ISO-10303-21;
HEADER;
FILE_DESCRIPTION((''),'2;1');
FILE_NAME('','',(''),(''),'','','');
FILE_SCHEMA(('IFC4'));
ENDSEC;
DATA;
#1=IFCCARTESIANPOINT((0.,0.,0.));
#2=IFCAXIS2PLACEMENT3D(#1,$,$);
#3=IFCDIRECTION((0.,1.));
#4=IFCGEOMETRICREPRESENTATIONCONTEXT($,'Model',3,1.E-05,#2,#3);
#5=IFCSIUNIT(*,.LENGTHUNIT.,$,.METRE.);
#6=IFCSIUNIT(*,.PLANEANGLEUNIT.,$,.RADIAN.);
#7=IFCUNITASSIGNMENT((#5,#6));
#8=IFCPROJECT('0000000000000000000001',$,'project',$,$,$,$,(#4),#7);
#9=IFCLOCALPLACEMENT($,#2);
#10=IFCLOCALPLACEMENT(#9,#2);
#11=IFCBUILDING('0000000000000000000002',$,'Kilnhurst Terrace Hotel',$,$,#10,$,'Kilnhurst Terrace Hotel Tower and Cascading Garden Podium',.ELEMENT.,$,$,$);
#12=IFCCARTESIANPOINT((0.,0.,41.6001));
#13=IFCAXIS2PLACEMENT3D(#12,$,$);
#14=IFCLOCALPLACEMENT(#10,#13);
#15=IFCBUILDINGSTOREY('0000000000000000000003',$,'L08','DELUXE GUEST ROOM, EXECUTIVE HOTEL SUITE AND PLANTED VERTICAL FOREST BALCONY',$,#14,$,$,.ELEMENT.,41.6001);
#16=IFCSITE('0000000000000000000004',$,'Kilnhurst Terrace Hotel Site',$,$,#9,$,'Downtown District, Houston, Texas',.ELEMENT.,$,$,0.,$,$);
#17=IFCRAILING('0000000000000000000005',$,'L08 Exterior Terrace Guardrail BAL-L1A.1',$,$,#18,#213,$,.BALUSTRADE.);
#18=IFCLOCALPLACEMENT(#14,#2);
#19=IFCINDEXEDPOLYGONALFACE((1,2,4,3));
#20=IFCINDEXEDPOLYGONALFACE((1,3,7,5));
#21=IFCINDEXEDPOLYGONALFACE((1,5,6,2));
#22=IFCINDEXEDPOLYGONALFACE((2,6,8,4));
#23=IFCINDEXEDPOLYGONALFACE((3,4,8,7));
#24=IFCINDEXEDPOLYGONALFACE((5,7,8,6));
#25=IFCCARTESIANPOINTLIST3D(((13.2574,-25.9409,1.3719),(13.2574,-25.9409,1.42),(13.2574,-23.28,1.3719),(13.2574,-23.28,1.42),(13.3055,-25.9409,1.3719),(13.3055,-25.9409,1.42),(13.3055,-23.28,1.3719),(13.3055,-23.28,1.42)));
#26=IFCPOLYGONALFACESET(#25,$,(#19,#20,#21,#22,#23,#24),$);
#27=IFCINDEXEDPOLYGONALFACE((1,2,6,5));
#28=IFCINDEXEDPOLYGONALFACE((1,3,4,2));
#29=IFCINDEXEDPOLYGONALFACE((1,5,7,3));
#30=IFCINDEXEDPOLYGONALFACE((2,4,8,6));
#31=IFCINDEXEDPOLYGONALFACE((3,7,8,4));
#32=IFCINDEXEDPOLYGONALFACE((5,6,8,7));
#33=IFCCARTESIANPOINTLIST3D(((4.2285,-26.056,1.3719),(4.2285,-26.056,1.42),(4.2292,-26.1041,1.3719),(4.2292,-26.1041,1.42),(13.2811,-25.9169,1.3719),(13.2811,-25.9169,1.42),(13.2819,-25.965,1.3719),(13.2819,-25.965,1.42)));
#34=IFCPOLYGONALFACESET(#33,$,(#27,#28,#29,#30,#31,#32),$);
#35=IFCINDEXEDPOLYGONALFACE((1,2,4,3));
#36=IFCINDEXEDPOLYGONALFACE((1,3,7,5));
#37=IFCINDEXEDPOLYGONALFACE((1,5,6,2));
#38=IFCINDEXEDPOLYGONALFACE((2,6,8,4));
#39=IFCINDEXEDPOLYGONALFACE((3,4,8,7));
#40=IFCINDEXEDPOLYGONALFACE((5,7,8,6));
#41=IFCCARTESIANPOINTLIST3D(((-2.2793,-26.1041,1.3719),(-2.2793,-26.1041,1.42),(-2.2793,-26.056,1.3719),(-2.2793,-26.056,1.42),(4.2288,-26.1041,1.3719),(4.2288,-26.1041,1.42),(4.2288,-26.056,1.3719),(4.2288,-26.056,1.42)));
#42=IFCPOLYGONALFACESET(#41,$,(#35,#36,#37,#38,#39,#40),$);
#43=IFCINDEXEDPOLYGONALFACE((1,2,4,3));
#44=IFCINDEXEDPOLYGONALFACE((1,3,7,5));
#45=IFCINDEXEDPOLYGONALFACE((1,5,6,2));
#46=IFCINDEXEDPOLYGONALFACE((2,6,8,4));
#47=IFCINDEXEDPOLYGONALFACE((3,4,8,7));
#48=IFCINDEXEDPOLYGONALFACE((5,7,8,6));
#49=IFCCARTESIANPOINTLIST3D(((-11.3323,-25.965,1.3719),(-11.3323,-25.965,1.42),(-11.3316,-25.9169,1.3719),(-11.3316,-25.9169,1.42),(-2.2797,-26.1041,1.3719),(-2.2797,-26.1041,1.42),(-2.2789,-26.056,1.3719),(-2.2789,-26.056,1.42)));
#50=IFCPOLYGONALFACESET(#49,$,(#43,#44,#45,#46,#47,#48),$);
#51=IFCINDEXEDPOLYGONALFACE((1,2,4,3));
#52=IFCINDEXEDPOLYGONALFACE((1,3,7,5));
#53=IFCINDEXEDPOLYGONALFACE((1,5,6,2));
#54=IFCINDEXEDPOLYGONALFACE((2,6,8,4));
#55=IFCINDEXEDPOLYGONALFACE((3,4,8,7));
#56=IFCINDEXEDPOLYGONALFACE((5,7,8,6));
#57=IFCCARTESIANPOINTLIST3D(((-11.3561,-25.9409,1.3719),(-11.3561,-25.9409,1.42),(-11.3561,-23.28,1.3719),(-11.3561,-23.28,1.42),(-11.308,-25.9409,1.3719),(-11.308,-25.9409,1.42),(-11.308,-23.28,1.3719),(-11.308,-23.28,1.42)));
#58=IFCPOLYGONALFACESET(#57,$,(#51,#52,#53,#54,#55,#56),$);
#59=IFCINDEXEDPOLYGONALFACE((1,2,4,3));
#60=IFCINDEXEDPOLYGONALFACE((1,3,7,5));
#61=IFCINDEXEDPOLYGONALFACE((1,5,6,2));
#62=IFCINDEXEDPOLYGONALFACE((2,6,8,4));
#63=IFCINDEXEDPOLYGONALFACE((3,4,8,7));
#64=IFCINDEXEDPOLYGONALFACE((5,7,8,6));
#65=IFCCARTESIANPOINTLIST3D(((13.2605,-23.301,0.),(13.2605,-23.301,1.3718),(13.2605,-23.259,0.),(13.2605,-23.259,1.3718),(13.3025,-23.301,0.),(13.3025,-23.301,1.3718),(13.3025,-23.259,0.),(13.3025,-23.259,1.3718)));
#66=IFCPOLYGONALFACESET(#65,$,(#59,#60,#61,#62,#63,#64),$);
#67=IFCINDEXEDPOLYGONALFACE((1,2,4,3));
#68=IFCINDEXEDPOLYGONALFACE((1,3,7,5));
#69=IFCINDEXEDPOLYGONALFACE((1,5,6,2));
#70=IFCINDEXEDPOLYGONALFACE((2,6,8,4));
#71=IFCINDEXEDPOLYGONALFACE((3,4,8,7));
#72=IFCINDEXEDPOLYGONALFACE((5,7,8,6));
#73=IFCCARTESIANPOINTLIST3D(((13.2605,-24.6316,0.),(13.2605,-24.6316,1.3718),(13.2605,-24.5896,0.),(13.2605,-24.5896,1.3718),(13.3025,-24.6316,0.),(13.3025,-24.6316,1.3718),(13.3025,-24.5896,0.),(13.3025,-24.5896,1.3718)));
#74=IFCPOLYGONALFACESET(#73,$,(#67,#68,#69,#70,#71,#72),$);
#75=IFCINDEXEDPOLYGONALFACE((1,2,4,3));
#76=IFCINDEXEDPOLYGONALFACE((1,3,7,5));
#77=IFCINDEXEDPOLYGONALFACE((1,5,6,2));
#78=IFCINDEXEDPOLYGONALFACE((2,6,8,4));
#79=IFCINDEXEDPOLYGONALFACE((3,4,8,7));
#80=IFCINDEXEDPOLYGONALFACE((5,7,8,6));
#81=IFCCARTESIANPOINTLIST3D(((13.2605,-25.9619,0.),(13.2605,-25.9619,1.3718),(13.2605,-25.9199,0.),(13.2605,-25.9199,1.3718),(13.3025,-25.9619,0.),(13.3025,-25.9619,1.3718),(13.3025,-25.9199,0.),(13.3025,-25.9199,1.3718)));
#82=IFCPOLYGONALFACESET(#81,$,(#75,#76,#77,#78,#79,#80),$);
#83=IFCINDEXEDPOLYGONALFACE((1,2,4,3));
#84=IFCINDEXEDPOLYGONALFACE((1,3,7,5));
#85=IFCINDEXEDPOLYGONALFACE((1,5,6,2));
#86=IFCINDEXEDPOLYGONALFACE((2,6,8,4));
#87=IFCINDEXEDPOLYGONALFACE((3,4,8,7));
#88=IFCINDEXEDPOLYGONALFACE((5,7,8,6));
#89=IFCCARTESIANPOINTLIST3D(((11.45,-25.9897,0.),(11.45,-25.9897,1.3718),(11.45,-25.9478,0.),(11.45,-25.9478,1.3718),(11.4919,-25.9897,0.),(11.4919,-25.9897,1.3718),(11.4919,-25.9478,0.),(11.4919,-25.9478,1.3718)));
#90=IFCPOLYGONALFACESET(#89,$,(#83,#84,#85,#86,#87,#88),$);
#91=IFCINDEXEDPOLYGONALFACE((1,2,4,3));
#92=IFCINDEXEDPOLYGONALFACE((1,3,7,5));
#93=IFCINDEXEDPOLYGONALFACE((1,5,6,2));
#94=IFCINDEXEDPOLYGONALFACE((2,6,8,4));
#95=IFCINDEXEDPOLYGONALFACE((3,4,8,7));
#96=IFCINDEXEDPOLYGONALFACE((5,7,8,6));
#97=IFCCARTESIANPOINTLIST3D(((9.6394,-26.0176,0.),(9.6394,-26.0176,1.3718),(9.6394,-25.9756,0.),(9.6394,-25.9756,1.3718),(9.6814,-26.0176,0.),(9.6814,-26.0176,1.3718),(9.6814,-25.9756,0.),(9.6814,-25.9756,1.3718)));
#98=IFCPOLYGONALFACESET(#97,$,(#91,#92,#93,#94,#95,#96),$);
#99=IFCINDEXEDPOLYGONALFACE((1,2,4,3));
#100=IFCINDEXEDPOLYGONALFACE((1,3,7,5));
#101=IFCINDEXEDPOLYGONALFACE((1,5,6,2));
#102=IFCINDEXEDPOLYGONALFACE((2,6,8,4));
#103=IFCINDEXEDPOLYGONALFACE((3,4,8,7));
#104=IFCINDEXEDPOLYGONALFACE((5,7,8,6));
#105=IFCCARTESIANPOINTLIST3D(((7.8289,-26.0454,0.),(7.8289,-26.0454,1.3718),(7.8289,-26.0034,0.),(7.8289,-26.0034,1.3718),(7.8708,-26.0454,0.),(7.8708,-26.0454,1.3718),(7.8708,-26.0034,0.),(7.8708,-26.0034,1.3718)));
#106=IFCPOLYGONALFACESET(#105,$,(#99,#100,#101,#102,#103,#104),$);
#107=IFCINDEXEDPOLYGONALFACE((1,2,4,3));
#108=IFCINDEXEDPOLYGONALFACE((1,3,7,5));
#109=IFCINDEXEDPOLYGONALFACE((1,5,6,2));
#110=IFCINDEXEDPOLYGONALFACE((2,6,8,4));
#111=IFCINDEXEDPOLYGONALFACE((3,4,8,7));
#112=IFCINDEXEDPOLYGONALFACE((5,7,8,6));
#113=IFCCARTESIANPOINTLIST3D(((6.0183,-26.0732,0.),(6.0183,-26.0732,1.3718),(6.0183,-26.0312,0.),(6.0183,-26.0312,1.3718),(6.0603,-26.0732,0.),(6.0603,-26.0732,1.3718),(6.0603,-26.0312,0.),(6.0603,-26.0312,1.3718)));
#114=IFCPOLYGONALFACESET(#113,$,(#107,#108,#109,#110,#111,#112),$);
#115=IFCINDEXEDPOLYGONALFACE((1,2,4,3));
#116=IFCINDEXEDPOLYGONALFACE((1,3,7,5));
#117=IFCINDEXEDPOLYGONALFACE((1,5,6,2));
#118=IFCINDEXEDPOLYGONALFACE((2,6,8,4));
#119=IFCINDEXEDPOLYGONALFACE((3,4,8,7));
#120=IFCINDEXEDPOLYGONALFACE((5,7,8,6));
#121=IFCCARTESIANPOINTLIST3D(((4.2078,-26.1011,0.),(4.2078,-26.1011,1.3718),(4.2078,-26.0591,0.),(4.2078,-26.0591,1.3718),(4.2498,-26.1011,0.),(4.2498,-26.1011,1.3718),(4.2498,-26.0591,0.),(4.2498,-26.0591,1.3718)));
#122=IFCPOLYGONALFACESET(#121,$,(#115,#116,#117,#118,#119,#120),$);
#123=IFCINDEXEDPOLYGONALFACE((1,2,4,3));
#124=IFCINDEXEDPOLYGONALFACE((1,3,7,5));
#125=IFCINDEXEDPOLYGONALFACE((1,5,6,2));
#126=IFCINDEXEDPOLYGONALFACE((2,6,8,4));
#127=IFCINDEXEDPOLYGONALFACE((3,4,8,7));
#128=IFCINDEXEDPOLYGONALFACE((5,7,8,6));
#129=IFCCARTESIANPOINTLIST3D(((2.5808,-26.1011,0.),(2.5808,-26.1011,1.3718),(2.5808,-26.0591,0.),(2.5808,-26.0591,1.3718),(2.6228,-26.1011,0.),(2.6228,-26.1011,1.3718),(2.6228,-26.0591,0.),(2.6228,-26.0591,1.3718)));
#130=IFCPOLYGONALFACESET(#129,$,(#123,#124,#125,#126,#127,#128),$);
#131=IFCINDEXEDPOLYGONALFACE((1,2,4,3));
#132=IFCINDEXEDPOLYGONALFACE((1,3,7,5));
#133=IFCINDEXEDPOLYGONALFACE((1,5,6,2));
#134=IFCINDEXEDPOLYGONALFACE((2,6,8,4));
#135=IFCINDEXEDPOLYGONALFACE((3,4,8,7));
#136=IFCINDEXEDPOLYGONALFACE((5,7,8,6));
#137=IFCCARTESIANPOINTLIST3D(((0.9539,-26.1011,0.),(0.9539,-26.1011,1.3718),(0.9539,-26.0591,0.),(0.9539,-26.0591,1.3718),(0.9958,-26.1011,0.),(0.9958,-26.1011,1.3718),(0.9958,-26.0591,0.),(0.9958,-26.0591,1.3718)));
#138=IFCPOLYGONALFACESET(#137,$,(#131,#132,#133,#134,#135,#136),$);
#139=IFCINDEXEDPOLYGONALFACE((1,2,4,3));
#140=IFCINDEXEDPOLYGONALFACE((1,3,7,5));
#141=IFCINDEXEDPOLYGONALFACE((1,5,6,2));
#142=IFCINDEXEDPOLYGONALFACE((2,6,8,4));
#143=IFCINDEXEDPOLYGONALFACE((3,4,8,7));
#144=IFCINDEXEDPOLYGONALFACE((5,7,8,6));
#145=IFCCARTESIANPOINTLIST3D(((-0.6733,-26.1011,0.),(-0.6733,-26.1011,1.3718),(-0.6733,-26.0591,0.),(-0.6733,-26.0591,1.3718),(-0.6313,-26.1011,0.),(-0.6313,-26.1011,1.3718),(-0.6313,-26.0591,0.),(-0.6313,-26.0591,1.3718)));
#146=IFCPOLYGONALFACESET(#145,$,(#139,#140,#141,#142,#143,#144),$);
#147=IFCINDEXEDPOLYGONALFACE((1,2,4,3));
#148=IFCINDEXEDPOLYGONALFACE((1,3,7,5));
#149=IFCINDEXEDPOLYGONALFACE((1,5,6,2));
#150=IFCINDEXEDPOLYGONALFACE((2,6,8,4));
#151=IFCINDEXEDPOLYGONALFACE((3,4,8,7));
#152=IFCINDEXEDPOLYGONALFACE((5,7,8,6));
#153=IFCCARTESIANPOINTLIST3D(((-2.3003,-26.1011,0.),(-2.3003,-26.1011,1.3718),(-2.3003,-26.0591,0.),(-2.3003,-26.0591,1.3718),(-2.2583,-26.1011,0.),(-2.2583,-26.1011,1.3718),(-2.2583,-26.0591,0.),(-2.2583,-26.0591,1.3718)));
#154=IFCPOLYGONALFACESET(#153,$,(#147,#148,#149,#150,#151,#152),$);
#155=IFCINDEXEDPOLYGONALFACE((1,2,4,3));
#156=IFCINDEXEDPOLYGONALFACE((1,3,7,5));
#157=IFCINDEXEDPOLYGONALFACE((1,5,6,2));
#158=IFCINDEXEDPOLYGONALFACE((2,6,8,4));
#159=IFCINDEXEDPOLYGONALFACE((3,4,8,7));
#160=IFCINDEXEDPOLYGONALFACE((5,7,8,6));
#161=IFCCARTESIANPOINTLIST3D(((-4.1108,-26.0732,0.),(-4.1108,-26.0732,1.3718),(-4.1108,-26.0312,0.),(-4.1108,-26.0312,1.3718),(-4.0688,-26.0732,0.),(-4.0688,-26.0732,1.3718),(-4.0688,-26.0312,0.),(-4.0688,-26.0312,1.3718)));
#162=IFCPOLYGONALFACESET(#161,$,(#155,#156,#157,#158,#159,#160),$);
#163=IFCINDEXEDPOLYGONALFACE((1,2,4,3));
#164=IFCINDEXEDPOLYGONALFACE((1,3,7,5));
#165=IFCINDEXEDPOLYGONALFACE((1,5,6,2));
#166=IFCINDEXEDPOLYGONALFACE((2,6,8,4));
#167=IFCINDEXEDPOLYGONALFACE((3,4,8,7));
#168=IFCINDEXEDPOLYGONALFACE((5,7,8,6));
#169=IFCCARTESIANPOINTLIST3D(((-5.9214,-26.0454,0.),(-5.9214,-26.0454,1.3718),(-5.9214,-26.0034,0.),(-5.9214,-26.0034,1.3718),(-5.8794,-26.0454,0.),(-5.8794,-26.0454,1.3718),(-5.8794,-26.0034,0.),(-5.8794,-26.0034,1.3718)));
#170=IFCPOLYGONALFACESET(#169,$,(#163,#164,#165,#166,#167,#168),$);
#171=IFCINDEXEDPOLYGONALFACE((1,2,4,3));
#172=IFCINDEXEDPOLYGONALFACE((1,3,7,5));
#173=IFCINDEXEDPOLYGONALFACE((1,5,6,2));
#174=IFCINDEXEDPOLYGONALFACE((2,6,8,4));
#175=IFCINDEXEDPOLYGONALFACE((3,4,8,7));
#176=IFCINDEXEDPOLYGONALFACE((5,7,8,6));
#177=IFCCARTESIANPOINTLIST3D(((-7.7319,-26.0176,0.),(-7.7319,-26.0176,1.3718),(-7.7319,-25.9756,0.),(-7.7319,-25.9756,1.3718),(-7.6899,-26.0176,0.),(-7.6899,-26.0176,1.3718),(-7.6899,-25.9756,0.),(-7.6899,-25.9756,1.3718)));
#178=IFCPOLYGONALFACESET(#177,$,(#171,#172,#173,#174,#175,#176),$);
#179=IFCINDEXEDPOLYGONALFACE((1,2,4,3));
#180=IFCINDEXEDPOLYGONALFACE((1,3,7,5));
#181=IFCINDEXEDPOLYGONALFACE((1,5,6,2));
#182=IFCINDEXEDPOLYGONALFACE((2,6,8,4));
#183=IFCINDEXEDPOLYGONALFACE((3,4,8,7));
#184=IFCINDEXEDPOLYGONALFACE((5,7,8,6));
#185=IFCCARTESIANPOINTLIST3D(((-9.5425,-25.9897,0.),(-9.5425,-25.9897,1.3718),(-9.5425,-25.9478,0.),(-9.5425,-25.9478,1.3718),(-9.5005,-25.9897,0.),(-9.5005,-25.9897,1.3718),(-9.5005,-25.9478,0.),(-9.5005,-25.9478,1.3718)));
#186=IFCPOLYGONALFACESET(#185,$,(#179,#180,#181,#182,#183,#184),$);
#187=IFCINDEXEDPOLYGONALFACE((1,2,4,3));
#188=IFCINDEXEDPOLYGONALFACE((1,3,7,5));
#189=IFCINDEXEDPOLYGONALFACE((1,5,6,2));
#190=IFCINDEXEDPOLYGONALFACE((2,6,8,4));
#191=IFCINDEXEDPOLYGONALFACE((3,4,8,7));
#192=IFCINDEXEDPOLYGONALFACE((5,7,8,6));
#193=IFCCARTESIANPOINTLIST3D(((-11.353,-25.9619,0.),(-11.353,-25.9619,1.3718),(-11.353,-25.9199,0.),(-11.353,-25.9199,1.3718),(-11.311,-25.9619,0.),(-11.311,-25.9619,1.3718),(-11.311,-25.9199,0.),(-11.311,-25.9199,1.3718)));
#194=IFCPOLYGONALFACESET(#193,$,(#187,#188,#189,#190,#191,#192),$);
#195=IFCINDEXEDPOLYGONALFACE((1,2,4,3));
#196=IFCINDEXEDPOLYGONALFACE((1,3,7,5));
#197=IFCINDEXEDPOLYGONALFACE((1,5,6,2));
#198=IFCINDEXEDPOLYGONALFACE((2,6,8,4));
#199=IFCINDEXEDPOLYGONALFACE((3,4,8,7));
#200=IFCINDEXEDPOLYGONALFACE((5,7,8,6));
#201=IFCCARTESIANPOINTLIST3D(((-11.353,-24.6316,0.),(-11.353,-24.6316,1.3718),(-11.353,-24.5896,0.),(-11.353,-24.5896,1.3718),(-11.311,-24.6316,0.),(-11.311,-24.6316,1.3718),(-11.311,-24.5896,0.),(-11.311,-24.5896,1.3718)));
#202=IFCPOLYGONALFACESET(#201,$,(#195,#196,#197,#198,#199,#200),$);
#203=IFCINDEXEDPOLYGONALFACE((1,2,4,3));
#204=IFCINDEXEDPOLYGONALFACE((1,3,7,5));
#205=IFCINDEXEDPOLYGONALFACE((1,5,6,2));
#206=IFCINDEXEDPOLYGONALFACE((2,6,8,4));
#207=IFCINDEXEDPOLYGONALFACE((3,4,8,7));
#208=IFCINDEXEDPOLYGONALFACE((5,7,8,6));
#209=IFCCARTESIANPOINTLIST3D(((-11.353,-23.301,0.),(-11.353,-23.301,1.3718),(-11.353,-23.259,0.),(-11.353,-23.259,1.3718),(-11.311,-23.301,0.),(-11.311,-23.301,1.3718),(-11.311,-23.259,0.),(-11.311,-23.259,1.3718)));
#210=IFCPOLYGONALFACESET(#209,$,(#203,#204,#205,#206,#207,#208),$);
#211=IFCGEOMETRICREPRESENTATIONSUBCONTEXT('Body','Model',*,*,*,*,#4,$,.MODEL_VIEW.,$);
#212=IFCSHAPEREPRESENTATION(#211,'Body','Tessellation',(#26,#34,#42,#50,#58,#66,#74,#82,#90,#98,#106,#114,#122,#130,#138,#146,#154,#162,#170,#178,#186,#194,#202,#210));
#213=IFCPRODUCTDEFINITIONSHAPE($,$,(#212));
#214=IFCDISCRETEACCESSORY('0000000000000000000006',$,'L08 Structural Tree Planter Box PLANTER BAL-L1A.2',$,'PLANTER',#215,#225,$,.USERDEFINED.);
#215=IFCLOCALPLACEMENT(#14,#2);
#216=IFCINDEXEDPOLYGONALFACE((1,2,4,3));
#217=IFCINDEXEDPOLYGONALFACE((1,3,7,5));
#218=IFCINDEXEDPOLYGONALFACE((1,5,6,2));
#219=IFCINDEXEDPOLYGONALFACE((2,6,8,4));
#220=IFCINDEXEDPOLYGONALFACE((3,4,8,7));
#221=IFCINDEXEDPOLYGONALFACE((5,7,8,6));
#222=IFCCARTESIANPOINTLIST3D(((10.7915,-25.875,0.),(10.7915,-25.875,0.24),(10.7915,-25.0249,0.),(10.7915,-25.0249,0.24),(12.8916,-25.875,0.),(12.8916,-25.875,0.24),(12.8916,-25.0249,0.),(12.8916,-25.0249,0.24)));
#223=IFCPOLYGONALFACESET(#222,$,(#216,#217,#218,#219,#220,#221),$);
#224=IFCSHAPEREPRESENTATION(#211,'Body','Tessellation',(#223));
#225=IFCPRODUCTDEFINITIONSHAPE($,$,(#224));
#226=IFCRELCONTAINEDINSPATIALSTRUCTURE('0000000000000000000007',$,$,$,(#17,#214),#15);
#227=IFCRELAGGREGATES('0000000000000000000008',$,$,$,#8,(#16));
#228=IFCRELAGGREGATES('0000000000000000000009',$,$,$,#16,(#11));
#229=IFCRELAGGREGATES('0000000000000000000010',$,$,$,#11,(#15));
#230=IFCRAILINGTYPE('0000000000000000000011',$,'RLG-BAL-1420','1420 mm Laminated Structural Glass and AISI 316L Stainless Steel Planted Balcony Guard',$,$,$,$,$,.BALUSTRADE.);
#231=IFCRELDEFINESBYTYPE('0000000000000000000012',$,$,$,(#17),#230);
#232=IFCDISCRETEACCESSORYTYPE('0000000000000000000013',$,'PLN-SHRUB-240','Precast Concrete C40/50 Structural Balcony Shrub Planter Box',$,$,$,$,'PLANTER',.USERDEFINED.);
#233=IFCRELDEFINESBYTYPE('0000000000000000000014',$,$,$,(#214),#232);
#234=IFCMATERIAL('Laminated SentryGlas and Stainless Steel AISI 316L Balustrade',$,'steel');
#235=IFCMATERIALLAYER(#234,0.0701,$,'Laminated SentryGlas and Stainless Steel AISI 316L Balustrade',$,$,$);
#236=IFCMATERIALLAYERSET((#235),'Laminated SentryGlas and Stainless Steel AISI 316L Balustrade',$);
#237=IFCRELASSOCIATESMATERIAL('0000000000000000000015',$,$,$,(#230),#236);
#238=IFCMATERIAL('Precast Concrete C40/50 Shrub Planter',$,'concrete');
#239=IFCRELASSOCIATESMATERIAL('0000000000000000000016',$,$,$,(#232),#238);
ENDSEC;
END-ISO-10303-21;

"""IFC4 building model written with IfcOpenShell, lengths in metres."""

from ifc_helpers import new_model, si_unit, direction, frame, origin, origin_2d, place, context, subcontext, project, spatial, rectangle, extrude, material, layer, layer_set, type_object, element, save


model = new_model("IFC4")

# Units and contexts
model_context = context("Model", 3, precision=1e-05, world=origin(), true_north=direction((0.0, 1.0)))
body_context = subcontext(model_context, "Body", "Model", "MODEL_VIEW")
ifc_project = project(units=[si_unit("LENGTHUNIT", "METRE"), si_unit("PLANEANGLEUNIT", "RADIAN")], contexts=[model_context])

# Site, building, storey
site_placement = place(None, origin())
site = spatial("IfcSite", under=ifc_project, at=site_placement, Name="Kilnhurst Terrace Hotel Site", LongName="Downtown District, Houston, Texas", CompositionType="ELEMENT", RefElevation=0.0)
building_placement = place(site_placement, origin())
building = spatial("IfcBuilding", under=site, at=building_placement, Name="Kilnhurst Terrace Hotel", LongName="Kilnhurst Terrace Hotel Tower and Cascading Garden Podium", CompositionType="ELEMENT")
storey_placement = place(building_placement, frame((0.0, 0.0, 41.6001)))
storey = spatial("IfcBuildingStorey", under=building, at=storey_placement, Name="L08", Description="DELUXE GUEST ROOM, EXECUTIVE HOTEL SUITE AND PLANTED VERTICAL FOREST BALCONY", CompositionType="ELEMENT", Elevation=41.6001)

# Railing
ifc_material_1 = material(Name="Laminated SentryGlas and Stainless Steel AISI 316L Balustrade", Category="steel")
ifc_layer_1 = layer(ifc_material_1, 0.0701, Name="Laminated SentryGlas and Stainless Steel AISI 316L Balustrade")
ifc_layer_set_1 = layer_set([ifc_layer_1], Name="Laminated SentryGlas and Stainless Steel AISI 316L Balustrade")
railing_type = type_object("IfcRailingType", Name="RLG-BAL-1420", Description="1420 mm Laminated Structural Glass and AISI 316L Stainless Steel Planted Balcony Guard", PredefinedType="BALUSTRADE", material=ifc_layer_set_1)
railing_placement = place(storey_placement, frame((13.2815, -23.28, 0.0)))
element("IfcRailing", 1, at=railing_placement, inside=storey, type_object=railing_type, Name="L08 Exterior Terrace Guardrail BAL-L1A.1", PredefinedType="BALUSTRADE", context=body_context, shape_type="SweptSolid", body=[
    extrude(rectangle(XDim=0.0481, YDim=0.0481, at=origin_2d()), frame((0.0, 0.0, 1.396), z_axis=(0.0, -1.0, 0.0), x_axis=(1.0, 0.0, 0.0)), (0.0, 0.0, 1.0), 2.6609),
    extrude(rectangle(XDim=0.0481, YDim=0.0481, at=origin_2d()), frame((0.0, -2.6609, 1.396), z_axis=(-0.999882, -0.01537, 0.0), x_axis=(0.01537, -0.999882, 0.0)), (0.0, 0.0, 1.0), 9.0537),
    extrude(rectangle(XDim=0.0481, YDim=0.0481, at=origin_2d()), frame((-9.0527, -2.8, 1.396), z_axis=(-1.0, 0.0, 0.0), x_axis=(0.0, -1.0, 0.0)), (0.0, 0.0, 1.0), 6.5081),
    extrude(rectangle(XDim=0.0481, YDim=0.0481, at=origin_2d()), frame((-15.5608, -2.8, 1.396), z_axis=(-0.999882, 0.01537, 0.0), x_axis=(-0.01537, -0.999882, 0.0)), (0.0, 0.0, 1.0), 9.0537),
    extrude(rectangle(XDim=0.0481, YDim=0.0481, at=origin_2d()), frame((-24.6135, -2.6609, 1.396), z_axis=(0.0, 1.0, 0.0), x_axis=(-1.0, 0.0, 0.0)), (0.0, 0.0, 1.0), 2.6609),
    extrude(rectangle(XDim=0.042, YDim=0.042, at=origin_2d()), origin(), (0.0, 0.0, 1.0), 1.3718),
    extrude(rectangle(XDim=0.042, YDim=0.042, at=origin_2d()), frame((0.0, -1.3306, 0.0)), (0.0, 0.0, 1.0), 1.3718),
    extrude(rectangle(XDim=0.042, YDim=0.042, at=origin_2d()), frame((0.0, -2.6609, 0.0)), (0.0, 0.0, 1.0), 1.3718),
    extrude(rectangle(XDim=0.042, YDim=0.042, at=origin_2d()), frame((-1.8105, -2.6887, 0.0)), (0.0, 0.0, 1.0), 1.3718),
    extrude(rectangle(XDim=0.042, YDim=0.042, at=origin_2d()), frame((-3.6211, -2.7166, 0.0)), (0.0, 0.0, 1.0), 1.3718),
    extrude(rectangle(XDim=0.042, YDim=0.042, at=origin_2d()), frame((-5.4316, -2.7444, 0.0)), (0.0, 0.0, 1.0), 1.3718),
    extrude(rectangle(XDim=0.042, YDim=0.042, at=origin_2d()), frame((-7.2422, -2.7722, 0.0)), (0.0, 0.0, 1.0), 1.3718),
    extrude(rectangle(XDim=0.042, YDim=0.042, at=origin_2d()), frame((-9.0527, -2.8, 0.0)), (0.0, 0.0, 1.0), 1.3718),
    extrude(rectangle(XDim=0.042, YDim=0.042, at=origin_2d()), frame((-10.6797, -2.8, 0.0)), (0.0, 0.0, 1.0), 1.3718),
    extrude(rectangle(XDim=0.042, YDim=0.042, at=origin_2d()), frame((-12.3066, -2.8, 0.0)), (0.0, 0.0, 1.0), 1.3718),
    extrude(rectangle(XDim=0.042, YDim=0.042, at=origin_2d()), frame((-13.9338, -2.8, 0.0)), (0.0, 0.0, 1.0), 1.3718),
    extrude(rectangle(XDim=0.042, YDim=0.042, at=origin_2d()), frame((-15.5608, -2.8, 0.0)), (0.0, 0.0, 1.0), 1.3718),
    extrude(rectangle(XDim=0.042, YDim=0.042, at=origin_2d()), frame((-17.3713, -2.7722, 0.0)), (0.0, 0.0, 1.0), 1.3718),
    extrude(rectangle(XDim=0.042, YDim=0.042, at=origin_2d()), frame((-19.1819, -2.7444, 0.0)), (0.0, 0.0, 1.0), 1.3718),
    extrude(rectangle(XDim=0.042, YDim=0.042, at=origin_2d()), frame((-20.9924, -2.7166, 0.0)), (0.0, 0.0, 1.0), 1.3718),
    extrude(rectangle(XDim=0.042, YDim=0.042, at=origin_2d()), frame((-22.803, -2.6887, 0.0)), (0.0, 0.0, 1.0), 1.3718),
    extrude(rectangle(XDim=0.042, YDim=0.042, at=origin_2d()), frame((-24.6135, -2.6609, 0.0)), (0.0, 0.0, 1.0), 1.3718),
    extrude(rectangle(XDim=0.042, YDim=0.042, at=origin_2d()), frame((-24.6135, -1.3306, 0.0)), (0.0, 0.0, 1.0), 1.3718),
    extrude(rectangle(XDim=0.042, YDim=0.042, at=origin_2d()), frame((-24.6135, 0.0, 0.0)), (0.0, 0.0, 1.0), 1.3718),
])

# Discrete accessory
ifc_material_2 = material(Name="Precast Concrete C40/50 Shrub Planter", Category="concrete")
discrete_accessory_type_1 = type_object("IfcDiscreteAccessoryType", Name="PLN-SHRUB-240", Description="Precast Concrete C40/50 Structural Balcony Shrub Planter Box", ElementType="PLANTER", PredefinedType="USERDEFINED", material=ifc_material_2)
discrete_accessory_1_placement = place(storey_placement, frame((11.8416, -25.45, 0.0), z_axis=(0.0, 0.0, 1.0), x_axis=(1.0, 0.0, 0.0)))
element("IfcDiscreteAccessory", 2, at=discrete_accessory_1_placement, inside=storey, type_object=discrete_accessory_type_1, Name="L08 Structural Tree Planter Box PLANTER BAL-L1A.2", ObjectType="PLANTER", PredefinedType="USERDEFINED", context=body_context, shape_type="SweptSolid", body=[
    extrude(rectangle(XDim=2.1001, YDim=0.8501, at=origin_2d()), origin(), (0.0, 0.0, 1.0), 0.24),
])

save(model, "model.ifc")
